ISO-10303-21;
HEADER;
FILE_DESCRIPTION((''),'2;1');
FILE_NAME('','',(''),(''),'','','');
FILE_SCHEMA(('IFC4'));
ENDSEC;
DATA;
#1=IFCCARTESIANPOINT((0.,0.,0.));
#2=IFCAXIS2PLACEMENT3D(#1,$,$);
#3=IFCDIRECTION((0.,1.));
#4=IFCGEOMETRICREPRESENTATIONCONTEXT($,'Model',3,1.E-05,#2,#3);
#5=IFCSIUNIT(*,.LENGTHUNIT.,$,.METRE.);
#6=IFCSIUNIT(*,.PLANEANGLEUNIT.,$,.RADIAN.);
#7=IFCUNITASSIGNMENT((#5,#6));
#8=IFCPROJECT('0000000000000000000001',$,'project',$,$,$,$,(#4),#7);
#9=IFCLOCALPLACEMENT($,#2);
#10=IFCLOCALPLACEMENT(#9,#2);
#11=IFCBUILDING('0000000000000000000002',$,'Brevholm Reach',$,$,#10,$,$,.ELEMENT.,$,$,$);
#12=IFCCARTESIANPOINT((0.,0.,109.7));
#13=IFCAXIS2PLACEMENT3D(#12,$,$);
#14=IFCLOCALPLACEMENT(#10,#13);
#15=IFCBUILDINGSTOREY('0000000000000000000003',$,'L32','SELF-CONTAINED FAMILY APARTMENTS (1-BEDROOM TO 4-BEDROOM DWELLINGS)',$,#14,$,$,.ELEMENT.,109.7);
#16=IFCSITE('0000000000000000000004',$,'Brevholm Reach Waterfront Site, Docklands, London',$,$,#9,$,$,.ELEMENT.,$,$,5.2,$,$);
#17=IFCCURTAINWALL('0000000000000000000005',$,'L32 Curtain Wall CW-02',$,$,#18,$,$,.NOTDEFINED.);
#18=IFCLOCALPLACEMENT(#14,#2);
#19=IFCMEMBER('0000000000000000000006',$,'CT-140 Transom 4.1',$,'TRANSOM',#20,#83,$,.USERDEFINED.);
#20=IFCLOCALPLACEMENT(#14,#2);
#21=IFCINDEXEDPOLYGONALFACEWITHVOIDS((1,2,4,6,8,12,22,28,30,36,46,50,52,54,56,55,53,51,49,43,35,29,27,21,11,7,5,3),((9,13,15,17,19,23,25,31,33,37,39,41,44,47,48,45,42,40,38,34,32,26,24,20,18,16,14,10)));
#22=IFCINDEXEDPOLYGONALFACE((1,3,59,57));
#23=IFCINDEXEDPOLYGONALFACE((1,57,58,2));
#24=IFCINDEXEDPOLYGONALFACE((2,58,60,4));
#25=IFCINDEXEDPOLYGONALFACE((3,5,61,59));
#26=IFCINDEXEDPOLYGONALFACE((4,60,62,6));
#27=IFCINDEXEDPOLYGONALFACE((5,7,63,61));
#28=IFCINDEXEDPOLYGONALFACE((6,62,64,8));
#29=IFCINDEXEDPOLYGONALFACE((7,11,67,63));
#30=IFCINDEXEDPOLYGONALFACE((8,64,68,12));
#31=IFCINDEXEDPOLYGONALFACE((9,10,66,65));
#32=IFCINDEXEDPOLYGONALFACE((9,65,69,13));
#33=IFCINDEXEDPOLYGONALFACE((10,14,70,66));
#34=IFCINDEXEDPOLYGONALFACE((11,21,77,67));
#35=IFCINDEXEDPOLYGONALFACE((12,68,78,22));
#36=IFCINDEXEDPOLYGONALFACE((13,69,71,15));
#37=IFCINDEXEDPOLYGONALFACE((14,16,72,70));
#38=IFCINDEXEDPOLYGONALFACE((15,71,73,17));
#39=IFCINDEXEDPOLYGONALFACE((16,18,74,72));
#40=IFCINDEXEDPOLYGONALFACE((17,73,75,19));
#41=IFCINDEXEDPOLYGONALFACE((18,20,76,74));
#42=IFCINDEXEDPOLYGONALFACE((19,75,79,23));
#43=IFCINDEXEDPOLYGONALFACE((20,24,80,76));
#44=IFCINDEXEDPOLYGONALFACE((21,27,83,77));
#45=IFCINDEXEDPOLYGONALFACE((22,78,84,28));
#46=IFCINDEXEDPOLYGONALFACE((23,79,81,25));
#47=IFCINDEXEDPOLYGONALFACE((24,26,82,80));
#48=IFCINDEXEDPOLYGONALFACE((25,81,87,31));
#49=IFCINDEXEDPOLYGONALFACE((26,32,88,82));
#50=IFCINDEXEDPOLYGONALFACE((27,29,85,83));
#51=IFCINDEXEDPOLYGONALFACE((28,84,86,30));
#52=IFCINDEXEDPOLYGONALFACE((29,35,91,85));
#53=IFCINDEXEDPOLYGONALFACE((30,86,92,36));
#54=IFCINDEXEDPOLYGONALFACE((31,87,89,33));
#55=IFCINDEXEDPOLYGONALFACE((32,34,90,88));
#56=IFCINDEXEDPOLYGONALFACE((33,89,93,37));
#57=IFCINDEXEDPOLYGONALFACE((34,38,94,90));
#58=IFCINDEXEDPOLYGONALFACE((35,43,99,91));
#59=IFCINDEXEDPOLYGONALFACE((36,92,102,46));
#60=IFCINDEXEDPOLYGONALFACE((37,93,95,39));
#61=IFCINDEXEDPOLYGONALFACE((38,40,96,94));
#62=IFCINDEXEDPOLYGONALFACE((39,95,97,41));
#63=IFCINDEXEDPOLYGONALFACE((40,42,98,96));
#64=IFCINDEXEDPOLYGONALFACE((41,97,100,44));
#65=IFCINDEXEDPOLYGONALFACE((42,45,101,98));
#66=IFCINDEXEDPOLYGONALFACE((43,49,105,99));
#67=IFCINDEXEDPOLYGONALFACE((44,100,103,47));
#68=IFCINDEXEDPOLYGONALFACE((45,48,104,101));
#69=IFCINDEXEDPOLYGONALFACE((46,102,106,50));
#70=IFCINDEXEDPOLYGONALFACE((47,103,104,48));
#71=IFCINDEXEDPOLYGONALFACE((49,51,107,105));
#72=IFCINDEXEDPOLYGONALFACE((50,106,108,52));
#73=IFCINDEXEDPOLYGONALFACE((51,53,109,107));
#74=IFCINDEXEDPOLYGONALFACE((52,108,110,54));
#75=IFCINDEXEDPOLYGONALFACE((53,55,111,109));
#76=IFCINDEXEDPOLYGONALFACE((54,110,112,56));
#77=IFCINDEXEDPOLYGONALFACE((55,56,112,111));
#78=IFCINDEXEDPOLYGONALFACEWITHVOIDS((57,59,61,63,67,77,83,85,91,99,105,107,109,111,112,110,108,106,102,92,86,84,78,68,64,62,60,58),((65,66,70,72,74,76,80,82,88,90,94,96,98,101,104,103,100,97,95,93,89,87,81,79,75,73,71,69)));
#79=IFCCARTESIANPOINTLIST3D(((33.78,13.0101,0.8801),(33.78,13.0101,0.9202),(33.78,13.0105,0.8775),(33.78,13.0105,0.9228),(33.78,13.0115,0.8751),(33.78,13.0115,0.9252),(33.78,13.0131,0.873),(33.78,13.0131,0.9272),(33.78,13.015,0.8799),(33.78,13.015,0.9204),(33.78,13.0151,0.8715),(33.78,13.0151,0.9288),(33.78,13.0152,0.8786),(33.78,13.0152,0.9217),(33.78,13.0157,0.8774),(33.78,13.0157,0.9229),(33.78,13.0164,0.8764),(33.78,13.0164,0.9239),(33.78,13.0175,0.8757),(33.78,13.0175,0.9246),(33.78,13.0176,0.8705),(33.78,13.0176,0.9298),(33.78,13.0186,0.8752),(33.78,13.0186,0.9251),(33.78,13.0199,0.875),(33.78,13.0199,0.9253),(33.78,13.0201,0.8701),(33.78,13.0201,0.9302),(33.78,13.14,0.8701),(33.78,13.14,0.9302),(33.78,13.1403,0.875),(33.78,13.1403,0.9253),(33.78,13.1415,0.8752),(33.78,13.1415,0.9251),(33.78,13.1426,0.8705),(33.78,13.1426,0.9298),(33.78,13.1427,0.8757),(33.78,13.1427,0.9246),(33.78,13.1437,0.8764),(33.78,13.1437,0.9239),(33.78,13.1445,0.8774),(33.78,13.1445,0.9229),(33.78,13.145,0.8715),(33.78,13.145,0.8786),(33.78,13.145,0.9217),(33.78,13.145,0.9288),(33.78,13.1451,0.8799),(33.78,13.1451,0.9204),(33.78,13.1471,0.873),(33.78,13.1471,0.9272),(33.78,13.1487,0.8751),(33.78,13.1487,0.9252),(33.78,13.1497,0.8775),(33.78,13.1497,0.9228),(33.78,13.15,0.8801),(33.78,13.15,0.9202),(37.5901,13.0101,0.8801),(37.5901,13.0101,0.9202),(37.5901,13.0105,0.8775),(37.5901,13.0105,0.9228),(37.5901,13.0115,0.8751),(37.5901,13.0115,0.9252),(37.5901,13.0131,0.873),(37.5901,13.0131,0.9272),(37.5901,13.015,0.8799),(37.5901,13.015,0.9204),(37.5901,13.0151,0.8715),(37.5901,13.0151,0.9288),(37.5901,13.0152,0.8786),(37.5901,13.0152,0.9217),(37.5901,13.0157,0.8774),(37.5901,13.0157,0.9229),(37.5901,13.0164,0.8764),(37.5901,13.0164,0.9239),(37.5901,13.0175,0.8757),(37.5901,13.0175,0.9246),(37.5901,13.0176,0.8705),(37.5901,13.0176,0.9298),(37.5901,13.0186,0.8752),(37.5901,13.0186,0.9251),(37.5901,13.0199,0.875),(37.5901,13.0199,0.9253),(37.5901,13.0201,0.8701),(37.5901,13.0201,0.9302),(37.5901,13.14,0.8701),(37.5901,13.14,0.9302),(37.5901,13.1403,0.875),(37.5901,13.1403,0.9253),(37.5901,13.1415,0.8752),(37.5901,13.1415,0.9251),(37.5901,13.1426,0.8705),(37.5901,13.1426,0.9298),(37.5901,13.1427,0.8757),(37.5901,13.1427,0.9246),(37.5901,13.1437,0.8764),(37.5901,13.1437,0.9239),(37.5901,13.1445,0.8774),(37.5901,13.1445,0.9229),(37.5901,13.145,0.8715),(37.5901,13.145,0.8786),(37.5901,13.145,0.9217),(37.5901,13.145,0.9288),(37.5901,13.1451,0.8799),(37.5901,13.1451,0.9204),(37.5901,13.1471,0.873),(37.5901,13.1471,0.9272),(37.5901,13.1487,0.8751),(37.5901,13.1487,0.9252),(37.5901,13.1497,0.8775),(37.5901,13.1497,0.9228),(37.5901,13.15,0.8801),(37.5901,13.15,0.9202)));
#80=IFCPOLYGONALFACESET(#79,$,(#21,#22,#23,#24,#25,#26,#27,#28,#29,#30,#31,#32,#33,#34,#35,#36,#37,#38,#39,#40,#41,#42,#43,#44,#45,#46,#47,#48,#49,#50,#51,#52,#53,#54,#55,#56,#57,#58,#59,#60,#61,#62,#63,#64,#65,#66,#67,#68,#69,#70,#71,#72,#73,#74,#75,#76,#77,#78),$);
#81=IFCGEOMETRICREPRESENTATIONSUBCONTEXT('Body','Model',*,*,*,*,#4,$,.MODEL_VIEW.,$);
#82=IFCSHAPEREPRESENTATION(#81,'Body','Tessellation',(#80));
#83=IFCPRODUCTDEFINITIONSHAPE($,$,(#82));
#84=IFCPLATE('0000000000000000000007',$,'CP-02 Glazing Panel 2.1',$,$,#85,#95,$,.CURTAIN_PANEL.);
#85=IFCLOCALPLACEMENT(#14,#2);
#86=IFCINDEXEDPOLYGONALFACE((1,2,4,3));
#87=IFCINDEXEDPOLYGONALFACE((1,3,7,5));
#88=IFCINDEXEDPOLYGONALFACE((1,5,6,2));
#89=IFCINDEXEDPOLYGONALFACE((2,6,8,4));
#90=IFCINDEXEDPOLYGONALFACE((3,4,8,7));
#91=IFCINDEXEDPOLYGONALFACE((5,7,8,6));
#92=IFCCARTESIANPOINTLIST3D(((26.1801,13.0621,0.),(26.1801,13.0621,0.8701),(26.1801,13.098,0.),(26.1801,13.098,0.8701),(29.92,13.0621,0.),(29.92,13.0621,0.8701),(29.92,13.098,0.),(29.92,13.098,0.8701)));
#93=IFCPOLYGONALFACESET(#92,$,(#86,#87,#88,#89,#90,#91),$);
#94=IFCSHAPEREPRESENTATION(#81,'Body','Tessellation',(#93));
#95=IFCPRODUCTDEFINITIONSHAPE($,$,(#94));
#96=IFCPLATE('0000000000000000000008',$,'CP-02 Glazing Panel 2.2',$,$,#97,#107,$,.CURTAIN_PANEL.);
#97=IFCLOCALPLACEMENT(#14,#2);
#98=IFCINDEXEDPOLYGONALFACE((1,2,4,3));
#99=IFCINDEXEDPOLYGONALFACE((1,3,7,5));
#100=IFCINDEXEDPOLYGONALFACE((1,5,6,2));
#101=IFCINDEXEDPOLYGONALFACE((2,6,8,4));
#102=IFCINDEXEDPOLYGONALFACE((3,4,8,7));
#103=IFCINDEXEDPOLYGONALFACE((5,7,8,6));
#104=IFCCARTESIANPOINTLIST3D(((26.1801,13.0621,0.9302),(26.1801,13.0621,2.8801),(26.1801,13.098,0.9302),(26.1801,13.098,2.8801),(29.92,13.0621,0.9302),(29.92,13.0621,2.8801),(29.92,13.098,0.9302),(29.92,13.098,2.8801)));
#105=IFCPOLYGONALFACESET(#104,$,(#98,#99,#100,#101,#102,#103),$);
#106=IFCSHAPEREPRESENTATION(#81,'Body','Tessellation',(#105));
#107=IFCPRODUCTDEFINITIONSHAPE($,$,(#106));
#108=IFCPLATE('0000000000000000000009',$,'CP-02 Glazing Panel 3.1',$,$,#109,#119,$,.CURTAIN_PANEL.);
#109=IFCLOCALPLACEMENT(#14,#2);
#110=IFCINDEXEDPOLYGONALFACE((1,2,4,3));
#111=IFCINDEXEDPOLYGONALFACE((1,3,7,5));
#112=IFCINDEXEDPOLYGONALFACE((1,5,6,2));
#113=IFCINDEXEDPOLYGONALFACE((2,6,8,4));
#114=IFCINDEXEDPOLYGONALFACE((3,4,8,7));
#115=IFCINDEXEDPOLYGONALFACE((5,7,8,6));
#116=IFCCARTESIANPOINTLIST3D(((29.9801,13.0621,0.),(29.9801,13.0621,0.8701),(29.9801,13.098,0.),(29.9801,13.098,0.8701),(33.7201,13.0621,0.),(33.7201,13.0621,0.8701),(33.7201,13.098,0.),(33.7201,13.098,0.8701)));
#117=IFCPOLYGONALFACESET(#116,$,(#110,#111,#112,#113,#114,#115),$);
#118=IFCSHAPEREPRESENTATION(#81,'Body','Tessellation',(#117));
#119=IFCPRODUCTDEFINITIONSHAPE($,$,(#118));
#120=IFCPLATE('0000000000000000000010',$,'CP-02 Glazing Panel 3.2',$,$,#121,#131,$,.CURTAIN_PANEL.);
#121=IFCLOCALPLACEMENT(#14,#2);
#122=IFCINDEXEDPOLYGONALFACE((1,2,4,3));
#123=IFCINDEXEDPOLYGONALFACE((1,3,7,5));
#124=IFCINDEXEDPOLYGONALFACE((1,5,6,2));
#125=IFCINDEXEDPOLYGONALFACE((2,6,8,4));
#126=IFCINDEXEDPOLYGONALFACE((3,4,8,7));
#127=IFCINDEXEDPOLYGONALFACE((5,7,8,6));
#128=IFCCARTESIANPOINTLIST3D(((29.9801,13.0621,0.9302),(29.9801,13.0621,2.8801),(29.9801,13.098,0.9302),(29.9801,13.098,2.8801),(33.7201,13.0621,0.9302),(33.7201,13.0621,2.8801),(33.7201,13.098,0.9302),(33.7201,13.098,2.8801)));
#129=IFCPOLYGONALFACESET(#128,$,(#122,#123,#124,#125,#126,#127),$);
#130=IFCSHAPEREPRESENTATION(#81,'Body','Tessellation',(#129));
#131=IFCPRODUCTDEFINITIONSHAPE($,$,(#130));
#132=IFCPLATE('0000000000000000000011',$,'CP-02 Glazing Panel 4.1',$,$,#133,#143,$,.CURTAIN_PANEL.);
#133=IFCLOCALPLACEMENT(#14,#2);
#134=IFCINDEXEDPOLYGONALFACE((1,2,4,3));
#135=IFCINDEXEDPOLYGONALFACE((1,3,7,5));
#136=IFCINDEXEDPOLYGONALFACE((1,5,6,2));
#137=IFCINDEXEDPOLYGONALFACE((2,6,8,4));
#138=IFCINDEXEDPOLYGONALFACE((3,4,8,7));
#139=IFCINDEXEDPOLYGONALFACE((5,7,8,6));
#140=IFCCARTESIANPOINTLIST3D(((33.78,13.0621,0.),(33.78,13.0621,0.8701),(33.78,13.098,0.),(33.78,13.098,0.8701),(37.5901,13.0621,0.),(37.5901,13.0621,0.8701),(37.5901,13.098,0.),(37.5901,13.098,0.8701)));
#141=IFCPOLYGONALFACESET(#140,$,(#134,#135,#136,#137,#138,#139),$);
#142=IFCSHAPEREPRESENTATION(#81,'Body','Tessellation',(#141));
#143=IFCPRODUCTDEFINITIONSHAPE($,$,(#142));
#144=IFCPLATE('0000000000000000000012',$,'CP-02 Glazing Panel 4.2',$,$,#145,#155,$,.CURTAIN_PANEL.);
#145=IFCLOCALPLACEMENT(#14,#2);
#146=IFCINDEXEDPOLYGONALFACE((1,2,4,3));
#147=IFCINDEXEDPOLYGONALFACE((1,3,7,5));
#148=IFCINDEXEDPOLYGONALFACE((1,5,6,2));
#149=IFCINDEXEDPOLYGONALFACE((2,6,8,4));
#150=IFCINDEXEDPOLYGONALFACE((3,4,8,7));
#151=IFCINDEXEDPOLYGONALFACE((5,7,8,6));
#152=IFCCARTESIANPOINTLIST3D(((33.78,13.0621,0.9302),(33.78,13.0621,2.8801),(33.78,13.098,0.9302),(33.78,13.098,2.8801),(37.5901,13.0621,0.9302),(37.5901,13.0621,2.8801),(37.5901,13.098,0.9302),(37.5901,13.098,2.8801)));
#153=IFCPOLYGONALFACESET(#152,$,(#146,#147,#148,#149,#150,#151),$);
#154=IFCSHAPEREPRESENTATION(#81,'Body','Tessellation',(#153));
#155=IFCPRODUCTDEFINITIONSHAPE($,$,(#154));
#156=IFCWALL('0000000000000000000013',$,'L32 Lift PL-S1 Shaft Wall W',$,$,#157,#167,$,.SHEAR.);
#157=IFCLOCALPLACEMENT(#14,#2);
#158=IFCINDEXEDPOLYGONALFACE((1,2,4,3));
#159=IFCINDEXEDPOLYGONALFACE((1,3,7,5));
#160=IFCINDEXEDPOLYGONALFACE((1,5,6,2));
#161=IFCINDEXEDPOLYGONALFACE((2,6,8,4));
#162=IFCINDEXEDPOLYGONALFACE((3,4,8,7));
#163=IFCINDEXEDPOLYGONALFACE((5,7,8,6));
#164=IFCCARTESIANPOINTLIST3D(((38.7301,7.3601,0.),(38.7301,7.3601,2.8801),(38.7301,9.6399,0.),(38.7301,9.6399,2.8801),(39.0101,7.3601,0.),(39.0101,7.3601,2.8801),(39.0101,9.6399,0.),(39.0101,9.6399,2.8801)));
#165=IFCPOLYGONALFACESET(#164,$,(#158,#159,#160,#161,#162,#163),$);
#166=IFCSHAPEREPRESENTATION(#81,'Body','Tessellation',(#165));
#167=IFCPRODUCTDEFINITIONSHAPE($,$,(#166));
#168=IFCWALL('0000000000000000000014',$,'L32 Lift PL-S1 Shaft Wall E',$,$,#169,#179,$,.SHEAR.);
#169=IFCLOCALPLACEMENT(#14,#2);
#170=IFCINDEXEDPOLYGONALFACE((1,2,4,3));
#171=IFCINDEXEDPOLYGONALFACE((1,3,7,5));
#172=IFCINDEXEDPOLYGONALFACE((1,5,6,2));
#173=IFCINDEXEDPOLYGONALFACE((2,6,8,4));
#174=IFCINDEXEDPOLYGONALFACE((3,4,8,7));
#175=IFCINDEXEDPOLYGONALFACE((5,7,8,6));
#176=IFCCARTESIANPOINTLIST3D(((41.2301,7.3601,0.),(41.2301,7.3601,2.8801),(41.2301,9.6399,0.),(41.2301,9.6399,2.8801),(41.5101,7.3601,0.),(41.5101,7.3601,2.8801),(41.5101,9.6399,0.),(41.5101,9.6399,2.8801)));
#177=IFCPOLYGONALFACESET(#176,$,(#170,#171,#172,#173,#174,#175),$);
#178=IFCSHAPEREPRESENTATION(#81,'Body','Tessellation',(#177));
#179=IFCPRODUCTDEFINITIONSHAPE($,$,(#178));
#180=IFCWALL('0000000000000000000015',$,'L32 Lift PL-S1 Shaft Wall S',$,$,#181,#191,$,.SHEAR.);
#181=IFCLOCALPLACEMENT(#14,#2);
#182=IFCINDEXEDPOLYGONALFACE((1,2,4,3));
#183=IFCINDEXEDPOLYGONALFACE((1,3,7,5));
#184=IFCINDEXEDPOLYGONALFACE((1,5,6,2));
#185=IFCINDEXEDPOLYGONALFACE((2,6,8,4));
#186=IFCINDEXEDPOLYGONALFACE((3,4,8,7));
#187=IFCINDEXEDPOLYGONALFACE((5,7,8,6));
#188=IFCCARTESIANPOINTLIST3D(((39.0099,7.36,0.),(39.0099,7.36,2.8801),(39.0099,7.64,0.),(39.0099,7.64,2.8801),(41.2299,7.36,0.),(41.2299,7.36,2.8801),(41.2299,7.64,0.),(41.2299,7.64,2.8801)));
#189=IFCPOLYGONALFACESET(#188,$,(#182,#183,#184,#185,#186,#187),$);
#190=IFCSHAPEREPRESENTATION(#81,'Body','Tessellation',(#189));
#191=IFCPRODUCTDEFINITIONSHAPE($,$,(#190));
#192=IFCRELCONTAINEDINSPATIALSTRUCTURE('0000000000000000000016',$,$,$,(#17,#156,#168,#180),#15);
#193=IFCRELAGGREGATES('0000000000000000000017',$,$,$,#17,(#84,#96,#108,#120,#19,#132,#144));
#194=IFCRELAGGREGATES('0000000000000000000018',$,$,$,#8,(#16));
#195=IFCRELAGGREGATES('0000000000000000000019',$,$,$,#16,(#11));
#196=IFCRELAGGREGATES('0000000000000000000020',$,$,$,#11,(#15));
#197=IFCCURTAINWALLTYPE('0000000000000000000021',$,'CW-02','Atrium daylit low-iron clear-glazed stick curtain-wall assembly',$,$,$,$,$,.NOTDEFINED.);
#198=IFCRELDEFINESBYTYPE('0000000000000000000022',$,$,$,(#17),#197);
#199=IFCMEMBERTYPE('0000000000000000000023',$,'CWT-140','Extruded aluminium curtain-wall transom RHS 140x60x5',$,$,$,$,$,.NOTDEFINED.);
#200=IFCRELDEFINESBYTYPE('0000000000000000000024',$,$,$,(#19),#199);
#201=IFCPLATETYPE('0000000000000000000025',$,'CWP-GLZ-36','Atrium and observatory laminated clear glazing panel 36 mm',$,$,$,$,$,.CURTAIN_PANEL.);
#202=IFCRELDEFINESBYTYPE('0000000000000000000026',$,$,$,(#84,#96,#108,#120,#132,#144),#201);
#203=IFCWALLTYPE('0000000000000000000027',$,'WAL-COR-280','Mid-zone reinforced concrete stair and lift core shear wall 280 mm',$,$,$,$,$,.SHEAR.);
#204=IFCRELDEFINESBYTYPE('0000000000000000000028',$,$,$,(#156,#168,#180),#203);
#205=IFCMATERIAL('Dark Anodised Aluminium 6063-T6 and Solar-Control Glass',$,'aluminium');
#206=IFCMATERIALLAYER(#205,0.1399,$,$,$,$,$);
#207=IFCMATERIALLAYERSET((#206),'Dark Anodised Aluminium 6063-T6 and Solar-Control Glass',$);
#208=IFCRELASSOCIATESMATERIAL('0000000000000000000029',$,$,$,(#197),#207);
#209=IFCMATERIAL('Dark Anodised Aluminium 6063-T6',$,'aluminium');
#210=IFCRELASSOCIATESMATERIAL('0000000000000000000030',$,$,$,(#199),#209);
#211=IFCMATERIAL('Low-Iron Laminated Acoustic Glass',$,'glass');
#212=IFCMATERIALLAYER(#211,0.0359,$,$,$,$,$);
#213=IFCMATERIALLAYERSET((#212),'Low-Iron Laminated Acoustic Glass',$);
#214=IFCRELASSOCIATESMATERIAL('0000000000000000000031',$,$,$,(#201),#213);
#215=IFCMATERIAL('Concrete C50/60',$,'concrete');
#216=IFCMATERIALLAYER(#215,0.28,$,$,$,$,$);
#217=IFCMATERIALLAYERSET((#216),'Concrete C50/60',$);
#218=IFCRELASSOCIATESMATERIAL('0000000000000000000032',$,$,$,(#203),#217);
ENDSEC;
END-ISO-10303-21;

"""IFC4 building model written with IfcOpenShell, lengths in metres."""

from ifc_helpers import new_model, si_unit, direction, frame, frame_2d, origin, origin_2d, place, context, subcontext, project, spatial, rectangle, hollow_rectangle, extrude, material, layer, layer_set, material_profile, profile_set, type_object, element, aggregate, save


model = new_model("IFC4")

# Units and contexts
model_context = context("Model", 3, precision=1e-05, world=origin(), true_north=direction((0.0, 1.0)))
body_context = subcontext(model_context, "Body", "Model", "MODEL_VIEW")
ifc_project = project(units=[si_unit("LENGTHUNIT", "METRE"), si_unit("PLANEANGLEUNIT", "RADIAN")], contexts=[model_context])

# Site, building, storey
site_placement = place(None, origin())
site = spatial("IfcSite", under=ifc_project, at=site_placement, Name="Brevholm Reach Waterfront Site, Docklands, London", CompositionType="ELEMENT", RefElevation=5.2)
building_placement = place(site_placement, origin())
building = spatial("IfcBuilding", under=site, at=building_placement, Name="Brevholm Reach", CompositionType="ELEMENT")
storey_placement = place(building_placement, frame((0.0, 0.0, 109.7)))
storey = spatial("IfcBuildingStorey", under=building, at=storey_placement, Name="L32", Description="SELF-CONTAINED FAMILY APARTMENTS (1-BEDROOM TO 4-BEDROOM DWELLINGS)", CompositionType="ELEMENT", Elevation=109.7)

# Curtain wall, member, plates
ifc_material_1 = material(Name="Dark Anodised Aluminium 6063-T6 and Solar-Control Glass", Category="aluminium")
ifc_layer_1 = layer(ifc_material_1, 0.1399)
ifc_layer_set_1 = layer_set([ifc_layer_1], Name="Dark Anodised Aluminium 6063-T6 and Solar-Control Glass")
curtain_wall_type = type_object("IfcCurtainWallType", Name="CW-02", Description="Atrium daylit low-iron clear-glazed stick curtain-wall assembly", PredefinedType="NOTDEFINED", material=ifc_layer_set_1)
curtain_wall_placement = place(storey_placement, origin())
curtain_wall = element("IfcCurtainWall", 1, at=curtain_wall_placement, inside=storey, type_object=curtain_wall_type, Name="L32 Curtain Wall CW-02", PredefinedType="NOTDEFINED")
ifc_material_2 = material(Name="Dark Anodised Aluminium 6063-T6", Category="aluminium")
ifc_material_profile_1 = material_profile(ifc_material_2, hollow_rectangle(XDim=0.0601, YDim=0.1399, WallThickness=0.0049, InnerFilletRadius=0.0049, OuterFilletRadius=0.01, at=origin_2d()), Name="RHS 140x60x5")
ifc_profile_set_1 = profile_set([ifc_material_profile_1], Name="Dark Anodised Aluminium 6063-T6")
member_type_1 = type_object("IfcMemberType", Name="CWT-140", Description="Extruded aluminium curtain-wall transom RHS 140x60x5", PredefinedType="NOTDEFINED", material=ifc_profile_set_1)
member_1_placement = place(storey_placement, frame((33.78, 13.0801, 0.9001), z_axis=(1.0, 0.0, 0.0), x_axis=(0.0, 0.0, 1.0)))
member_1 = element("IfcMember", 2, at=member_1_placement, type_object=member_type_1, Name="CT-140 Transom 4.1", ObjectType="TRANSOM", PredefinedType="USERDEFINED", context=body_context, shape_type="SweptSolid", body=[
    extrude(hollow_rectangle(XDim=0.0601, YDim=0.1399, WallThickness=0.0049, InnerFilletRadius=0.0049, OuterFilletRadius=0.01, at=origin_2d()), origin(), (0.0, 0.0, 1.0), 3.8101),
])
ifc_material_3 = material(Name="Low-Iron Laminated Acoustic Glass", Category="glass")
ifc_layer_2 = layer(ifc_material_3, 0.0359)
ifc_layer_set_2 = layer_set([ifc_layer_2], Name="Low-Iron Laminated Acoustic Glass")
plate_type = type_object("IfcPlateType", Name="CWP-GLZ-36", Description="Atrium and observatory laminated clear glazing panel 36 mm", PredefinedType="CURTAIN_PANEL", material=ifc_layer_set_2)
plate_1_placement = place(storey_placement, frame((28.05, 13.0801, 0.0), z_axis=(0.0, 0.0, 1.0), x_axis=(1.0, 0.0, 0.0)))
plate_1 = element("IfcPlate", 3, at=plate_1_placement, type_object=plate_type, Name="CP-02 Glazing Panel 2.1", PredefinedType="CURTAIN_PANEL", context=body_context, shape_type="SweptSolid", body=[
    extrude(rectangle(XDim=3.74, YDim=0.0359, at=origin_2d()), origin(), (0.0, 0.0, 1.0), 0.8701),
])
plate_2_placement = place(storey_placement, frame((28.05, 13.0801, 0.9302), z_axis=(0.0, 0.0, 1.0), x_axis=(1.0, 0.0, 0.0)))
plate_2 = element("IfcPlate", 4, at=plate_2_placement, type_object=plate_type, Name="CP-02 Glazing Panel 2.2", PredefinedType="CURTAIN_PANEL", context=body_context, shape_type="SweptSolid", body=[
    extrude(rectangle(XDim=3.74, YDim=0.0359, at=origin_2d()), origin(), (0.0, 0.0, 1.0), 1.95),
])
plate_3_placement = place(storey_placement, frame((31.8501, 13.0801, 0.0), z_axis=(0.0, 0.0, 1.0), x_axis=(1.0, 0.0, 0.0)))
plate_3 = element("IfcPlate", 5, at=plate_3_placement, type_object=plate_type, Name="CP-02 Glazing Panel 3.1", PredefinedType="CURTAIN_PANEL", context=body_context, shape_type="SweptSolid", body=[
    extrude(rectangle(XDim=3.74, YDim=0.0359, at=origin_2d()), origin(), (0.0, 0.0, 1.0), 0.8701),
])
plate_4_placement = place(storey_placement, frame((31.8501, 13.0801, 0.9302), z_axis=(0.0, 0.0, 1.0), x_axis=(1.0, 0.0, 0.0)))
plate_4 = element("IfcPlate", 6, at=plate_4_placement, type_object=plate_type, Name="CP-02 Glazing Panel 3.2", PredefinedType="CURTAIN_PANEL", context=body_context, shape_type="SweptSolid", body=[
    extrude(rectangle(XDim=3.74, YDim=0.0359, at=origin_2d()), origin(), (0.0, 0.0, 1.0), 1.95),
])
plate_5_placement = place(storey_placement, frame((35.6851, 13.0801, 0.0), z_axis=(0.0, 0.0, 1.0), x_axis=(1.0, 0.0, 0.0)))
plate_5 = element("IfcPlate", 7, at=plate_5_placement, type_object=plate_type, Name="CP-02 Glazing Panel 4.1", PredefinedType="CURTAIN_PANEL", context=body_context, shape_type="SweptSolid", body=[
    extrude(rectangle(XDim=3.8101, YDim=0.0359, at=origin_2d()), origin(), (0.0, 0.0, 1.0), 0.8701),
])
plate_6_placement = place(storey_placement, frame((35.6851, 13.0801, 0.9302), z_axis=(0.0, 0.0, 1.0), x_axis=(1.0, 0.0, 0.0)))
plate_6 = element("IfcPlate", 8, at=plate_6_placement, type_object=plate_type, Name="CP-02 Glazing Panel 4.2", PredefinedType="CURTAIN_PANEL", context=body_context, shape_type="SweptSolid", body=[
    extrude(rectangle(XDim=3.8101, YDim=0.0359, at=origin_2d()), origin(), (0.0, 0.0, 1.0), 1.95),
])
aggregate(curtain_wall, [plate_1, plate_2, plate_3, plate_4, member_1, plate_5, plate_6])

# Walls
ifc_material_4 = material(Name="Concrete C50/60", Category="concrete")
ifc_layer_3 = layer(ifc_material_4, 0.28)
ifc_layer_set_3 = layer_set([ifc_layer_3], Name="Concrete C50/60")
wall_type_1 = type_object("IfcWallType", Name="WAL-COR-280", Description="Mid-zone reinforced concrete stair and lift core shear wall 280 mm", PredefinedType="SHEAR", material=ifc_layer_set_3)
for number, where, z_axis, x_axis, name in (
    (9, (38.8701, 7.3601, 0.0), (0.0, 0.0, 1.0), (0.0, 1.0, 0.0), "L32 Lift PL-S1 Shaft Wall W"),
    (10, (41.3701, 7.3601, 0.0), (0.0, 0.0, 1.0), (0.0, 1.0, 0.0), "L32 Lift PL-S1 Shaft Wall E"),
):
    element("IfcWall", number, at=place(storey_placement, frame(where, z_axis=z_axis, x_axis=x_axis)), inside=storey, type_object=wall_type_1, Name=name, PredefinedType="SHEAR", context=body_context, shape_type="SweptSolid", body=[
        extrude(rectangle(XDim=2.2798, YDim=0.28, at=frame_2d((1.1399, 0.0))), origin(), (0.0, 0.0, 1.0), 2.8801),
    ])
wall_1_placement = place(storey_placement, frame((39.01, 7.5, 0.0), z_axis=(0.0, 0.0, 1.0), x_axis=(1.0, 0.0, 0.0)))
element("IfcWall", 11, at=wall_1_placement, inside=storey, type_object=wall_type_1, Name="L32 Lift PL-S1 Shaft Wall S", PredefinedType="SHEAR", context=body_context, shape_type="SweptSolid", body=[
    extrude(rectangle(XDim=2.22, YDim=0.28, at=frame_2d((1.1099, 0.0))), origin(), (0.0, 0.0, 1.0), 2.8801),
])

save(model, "model.ifc")
